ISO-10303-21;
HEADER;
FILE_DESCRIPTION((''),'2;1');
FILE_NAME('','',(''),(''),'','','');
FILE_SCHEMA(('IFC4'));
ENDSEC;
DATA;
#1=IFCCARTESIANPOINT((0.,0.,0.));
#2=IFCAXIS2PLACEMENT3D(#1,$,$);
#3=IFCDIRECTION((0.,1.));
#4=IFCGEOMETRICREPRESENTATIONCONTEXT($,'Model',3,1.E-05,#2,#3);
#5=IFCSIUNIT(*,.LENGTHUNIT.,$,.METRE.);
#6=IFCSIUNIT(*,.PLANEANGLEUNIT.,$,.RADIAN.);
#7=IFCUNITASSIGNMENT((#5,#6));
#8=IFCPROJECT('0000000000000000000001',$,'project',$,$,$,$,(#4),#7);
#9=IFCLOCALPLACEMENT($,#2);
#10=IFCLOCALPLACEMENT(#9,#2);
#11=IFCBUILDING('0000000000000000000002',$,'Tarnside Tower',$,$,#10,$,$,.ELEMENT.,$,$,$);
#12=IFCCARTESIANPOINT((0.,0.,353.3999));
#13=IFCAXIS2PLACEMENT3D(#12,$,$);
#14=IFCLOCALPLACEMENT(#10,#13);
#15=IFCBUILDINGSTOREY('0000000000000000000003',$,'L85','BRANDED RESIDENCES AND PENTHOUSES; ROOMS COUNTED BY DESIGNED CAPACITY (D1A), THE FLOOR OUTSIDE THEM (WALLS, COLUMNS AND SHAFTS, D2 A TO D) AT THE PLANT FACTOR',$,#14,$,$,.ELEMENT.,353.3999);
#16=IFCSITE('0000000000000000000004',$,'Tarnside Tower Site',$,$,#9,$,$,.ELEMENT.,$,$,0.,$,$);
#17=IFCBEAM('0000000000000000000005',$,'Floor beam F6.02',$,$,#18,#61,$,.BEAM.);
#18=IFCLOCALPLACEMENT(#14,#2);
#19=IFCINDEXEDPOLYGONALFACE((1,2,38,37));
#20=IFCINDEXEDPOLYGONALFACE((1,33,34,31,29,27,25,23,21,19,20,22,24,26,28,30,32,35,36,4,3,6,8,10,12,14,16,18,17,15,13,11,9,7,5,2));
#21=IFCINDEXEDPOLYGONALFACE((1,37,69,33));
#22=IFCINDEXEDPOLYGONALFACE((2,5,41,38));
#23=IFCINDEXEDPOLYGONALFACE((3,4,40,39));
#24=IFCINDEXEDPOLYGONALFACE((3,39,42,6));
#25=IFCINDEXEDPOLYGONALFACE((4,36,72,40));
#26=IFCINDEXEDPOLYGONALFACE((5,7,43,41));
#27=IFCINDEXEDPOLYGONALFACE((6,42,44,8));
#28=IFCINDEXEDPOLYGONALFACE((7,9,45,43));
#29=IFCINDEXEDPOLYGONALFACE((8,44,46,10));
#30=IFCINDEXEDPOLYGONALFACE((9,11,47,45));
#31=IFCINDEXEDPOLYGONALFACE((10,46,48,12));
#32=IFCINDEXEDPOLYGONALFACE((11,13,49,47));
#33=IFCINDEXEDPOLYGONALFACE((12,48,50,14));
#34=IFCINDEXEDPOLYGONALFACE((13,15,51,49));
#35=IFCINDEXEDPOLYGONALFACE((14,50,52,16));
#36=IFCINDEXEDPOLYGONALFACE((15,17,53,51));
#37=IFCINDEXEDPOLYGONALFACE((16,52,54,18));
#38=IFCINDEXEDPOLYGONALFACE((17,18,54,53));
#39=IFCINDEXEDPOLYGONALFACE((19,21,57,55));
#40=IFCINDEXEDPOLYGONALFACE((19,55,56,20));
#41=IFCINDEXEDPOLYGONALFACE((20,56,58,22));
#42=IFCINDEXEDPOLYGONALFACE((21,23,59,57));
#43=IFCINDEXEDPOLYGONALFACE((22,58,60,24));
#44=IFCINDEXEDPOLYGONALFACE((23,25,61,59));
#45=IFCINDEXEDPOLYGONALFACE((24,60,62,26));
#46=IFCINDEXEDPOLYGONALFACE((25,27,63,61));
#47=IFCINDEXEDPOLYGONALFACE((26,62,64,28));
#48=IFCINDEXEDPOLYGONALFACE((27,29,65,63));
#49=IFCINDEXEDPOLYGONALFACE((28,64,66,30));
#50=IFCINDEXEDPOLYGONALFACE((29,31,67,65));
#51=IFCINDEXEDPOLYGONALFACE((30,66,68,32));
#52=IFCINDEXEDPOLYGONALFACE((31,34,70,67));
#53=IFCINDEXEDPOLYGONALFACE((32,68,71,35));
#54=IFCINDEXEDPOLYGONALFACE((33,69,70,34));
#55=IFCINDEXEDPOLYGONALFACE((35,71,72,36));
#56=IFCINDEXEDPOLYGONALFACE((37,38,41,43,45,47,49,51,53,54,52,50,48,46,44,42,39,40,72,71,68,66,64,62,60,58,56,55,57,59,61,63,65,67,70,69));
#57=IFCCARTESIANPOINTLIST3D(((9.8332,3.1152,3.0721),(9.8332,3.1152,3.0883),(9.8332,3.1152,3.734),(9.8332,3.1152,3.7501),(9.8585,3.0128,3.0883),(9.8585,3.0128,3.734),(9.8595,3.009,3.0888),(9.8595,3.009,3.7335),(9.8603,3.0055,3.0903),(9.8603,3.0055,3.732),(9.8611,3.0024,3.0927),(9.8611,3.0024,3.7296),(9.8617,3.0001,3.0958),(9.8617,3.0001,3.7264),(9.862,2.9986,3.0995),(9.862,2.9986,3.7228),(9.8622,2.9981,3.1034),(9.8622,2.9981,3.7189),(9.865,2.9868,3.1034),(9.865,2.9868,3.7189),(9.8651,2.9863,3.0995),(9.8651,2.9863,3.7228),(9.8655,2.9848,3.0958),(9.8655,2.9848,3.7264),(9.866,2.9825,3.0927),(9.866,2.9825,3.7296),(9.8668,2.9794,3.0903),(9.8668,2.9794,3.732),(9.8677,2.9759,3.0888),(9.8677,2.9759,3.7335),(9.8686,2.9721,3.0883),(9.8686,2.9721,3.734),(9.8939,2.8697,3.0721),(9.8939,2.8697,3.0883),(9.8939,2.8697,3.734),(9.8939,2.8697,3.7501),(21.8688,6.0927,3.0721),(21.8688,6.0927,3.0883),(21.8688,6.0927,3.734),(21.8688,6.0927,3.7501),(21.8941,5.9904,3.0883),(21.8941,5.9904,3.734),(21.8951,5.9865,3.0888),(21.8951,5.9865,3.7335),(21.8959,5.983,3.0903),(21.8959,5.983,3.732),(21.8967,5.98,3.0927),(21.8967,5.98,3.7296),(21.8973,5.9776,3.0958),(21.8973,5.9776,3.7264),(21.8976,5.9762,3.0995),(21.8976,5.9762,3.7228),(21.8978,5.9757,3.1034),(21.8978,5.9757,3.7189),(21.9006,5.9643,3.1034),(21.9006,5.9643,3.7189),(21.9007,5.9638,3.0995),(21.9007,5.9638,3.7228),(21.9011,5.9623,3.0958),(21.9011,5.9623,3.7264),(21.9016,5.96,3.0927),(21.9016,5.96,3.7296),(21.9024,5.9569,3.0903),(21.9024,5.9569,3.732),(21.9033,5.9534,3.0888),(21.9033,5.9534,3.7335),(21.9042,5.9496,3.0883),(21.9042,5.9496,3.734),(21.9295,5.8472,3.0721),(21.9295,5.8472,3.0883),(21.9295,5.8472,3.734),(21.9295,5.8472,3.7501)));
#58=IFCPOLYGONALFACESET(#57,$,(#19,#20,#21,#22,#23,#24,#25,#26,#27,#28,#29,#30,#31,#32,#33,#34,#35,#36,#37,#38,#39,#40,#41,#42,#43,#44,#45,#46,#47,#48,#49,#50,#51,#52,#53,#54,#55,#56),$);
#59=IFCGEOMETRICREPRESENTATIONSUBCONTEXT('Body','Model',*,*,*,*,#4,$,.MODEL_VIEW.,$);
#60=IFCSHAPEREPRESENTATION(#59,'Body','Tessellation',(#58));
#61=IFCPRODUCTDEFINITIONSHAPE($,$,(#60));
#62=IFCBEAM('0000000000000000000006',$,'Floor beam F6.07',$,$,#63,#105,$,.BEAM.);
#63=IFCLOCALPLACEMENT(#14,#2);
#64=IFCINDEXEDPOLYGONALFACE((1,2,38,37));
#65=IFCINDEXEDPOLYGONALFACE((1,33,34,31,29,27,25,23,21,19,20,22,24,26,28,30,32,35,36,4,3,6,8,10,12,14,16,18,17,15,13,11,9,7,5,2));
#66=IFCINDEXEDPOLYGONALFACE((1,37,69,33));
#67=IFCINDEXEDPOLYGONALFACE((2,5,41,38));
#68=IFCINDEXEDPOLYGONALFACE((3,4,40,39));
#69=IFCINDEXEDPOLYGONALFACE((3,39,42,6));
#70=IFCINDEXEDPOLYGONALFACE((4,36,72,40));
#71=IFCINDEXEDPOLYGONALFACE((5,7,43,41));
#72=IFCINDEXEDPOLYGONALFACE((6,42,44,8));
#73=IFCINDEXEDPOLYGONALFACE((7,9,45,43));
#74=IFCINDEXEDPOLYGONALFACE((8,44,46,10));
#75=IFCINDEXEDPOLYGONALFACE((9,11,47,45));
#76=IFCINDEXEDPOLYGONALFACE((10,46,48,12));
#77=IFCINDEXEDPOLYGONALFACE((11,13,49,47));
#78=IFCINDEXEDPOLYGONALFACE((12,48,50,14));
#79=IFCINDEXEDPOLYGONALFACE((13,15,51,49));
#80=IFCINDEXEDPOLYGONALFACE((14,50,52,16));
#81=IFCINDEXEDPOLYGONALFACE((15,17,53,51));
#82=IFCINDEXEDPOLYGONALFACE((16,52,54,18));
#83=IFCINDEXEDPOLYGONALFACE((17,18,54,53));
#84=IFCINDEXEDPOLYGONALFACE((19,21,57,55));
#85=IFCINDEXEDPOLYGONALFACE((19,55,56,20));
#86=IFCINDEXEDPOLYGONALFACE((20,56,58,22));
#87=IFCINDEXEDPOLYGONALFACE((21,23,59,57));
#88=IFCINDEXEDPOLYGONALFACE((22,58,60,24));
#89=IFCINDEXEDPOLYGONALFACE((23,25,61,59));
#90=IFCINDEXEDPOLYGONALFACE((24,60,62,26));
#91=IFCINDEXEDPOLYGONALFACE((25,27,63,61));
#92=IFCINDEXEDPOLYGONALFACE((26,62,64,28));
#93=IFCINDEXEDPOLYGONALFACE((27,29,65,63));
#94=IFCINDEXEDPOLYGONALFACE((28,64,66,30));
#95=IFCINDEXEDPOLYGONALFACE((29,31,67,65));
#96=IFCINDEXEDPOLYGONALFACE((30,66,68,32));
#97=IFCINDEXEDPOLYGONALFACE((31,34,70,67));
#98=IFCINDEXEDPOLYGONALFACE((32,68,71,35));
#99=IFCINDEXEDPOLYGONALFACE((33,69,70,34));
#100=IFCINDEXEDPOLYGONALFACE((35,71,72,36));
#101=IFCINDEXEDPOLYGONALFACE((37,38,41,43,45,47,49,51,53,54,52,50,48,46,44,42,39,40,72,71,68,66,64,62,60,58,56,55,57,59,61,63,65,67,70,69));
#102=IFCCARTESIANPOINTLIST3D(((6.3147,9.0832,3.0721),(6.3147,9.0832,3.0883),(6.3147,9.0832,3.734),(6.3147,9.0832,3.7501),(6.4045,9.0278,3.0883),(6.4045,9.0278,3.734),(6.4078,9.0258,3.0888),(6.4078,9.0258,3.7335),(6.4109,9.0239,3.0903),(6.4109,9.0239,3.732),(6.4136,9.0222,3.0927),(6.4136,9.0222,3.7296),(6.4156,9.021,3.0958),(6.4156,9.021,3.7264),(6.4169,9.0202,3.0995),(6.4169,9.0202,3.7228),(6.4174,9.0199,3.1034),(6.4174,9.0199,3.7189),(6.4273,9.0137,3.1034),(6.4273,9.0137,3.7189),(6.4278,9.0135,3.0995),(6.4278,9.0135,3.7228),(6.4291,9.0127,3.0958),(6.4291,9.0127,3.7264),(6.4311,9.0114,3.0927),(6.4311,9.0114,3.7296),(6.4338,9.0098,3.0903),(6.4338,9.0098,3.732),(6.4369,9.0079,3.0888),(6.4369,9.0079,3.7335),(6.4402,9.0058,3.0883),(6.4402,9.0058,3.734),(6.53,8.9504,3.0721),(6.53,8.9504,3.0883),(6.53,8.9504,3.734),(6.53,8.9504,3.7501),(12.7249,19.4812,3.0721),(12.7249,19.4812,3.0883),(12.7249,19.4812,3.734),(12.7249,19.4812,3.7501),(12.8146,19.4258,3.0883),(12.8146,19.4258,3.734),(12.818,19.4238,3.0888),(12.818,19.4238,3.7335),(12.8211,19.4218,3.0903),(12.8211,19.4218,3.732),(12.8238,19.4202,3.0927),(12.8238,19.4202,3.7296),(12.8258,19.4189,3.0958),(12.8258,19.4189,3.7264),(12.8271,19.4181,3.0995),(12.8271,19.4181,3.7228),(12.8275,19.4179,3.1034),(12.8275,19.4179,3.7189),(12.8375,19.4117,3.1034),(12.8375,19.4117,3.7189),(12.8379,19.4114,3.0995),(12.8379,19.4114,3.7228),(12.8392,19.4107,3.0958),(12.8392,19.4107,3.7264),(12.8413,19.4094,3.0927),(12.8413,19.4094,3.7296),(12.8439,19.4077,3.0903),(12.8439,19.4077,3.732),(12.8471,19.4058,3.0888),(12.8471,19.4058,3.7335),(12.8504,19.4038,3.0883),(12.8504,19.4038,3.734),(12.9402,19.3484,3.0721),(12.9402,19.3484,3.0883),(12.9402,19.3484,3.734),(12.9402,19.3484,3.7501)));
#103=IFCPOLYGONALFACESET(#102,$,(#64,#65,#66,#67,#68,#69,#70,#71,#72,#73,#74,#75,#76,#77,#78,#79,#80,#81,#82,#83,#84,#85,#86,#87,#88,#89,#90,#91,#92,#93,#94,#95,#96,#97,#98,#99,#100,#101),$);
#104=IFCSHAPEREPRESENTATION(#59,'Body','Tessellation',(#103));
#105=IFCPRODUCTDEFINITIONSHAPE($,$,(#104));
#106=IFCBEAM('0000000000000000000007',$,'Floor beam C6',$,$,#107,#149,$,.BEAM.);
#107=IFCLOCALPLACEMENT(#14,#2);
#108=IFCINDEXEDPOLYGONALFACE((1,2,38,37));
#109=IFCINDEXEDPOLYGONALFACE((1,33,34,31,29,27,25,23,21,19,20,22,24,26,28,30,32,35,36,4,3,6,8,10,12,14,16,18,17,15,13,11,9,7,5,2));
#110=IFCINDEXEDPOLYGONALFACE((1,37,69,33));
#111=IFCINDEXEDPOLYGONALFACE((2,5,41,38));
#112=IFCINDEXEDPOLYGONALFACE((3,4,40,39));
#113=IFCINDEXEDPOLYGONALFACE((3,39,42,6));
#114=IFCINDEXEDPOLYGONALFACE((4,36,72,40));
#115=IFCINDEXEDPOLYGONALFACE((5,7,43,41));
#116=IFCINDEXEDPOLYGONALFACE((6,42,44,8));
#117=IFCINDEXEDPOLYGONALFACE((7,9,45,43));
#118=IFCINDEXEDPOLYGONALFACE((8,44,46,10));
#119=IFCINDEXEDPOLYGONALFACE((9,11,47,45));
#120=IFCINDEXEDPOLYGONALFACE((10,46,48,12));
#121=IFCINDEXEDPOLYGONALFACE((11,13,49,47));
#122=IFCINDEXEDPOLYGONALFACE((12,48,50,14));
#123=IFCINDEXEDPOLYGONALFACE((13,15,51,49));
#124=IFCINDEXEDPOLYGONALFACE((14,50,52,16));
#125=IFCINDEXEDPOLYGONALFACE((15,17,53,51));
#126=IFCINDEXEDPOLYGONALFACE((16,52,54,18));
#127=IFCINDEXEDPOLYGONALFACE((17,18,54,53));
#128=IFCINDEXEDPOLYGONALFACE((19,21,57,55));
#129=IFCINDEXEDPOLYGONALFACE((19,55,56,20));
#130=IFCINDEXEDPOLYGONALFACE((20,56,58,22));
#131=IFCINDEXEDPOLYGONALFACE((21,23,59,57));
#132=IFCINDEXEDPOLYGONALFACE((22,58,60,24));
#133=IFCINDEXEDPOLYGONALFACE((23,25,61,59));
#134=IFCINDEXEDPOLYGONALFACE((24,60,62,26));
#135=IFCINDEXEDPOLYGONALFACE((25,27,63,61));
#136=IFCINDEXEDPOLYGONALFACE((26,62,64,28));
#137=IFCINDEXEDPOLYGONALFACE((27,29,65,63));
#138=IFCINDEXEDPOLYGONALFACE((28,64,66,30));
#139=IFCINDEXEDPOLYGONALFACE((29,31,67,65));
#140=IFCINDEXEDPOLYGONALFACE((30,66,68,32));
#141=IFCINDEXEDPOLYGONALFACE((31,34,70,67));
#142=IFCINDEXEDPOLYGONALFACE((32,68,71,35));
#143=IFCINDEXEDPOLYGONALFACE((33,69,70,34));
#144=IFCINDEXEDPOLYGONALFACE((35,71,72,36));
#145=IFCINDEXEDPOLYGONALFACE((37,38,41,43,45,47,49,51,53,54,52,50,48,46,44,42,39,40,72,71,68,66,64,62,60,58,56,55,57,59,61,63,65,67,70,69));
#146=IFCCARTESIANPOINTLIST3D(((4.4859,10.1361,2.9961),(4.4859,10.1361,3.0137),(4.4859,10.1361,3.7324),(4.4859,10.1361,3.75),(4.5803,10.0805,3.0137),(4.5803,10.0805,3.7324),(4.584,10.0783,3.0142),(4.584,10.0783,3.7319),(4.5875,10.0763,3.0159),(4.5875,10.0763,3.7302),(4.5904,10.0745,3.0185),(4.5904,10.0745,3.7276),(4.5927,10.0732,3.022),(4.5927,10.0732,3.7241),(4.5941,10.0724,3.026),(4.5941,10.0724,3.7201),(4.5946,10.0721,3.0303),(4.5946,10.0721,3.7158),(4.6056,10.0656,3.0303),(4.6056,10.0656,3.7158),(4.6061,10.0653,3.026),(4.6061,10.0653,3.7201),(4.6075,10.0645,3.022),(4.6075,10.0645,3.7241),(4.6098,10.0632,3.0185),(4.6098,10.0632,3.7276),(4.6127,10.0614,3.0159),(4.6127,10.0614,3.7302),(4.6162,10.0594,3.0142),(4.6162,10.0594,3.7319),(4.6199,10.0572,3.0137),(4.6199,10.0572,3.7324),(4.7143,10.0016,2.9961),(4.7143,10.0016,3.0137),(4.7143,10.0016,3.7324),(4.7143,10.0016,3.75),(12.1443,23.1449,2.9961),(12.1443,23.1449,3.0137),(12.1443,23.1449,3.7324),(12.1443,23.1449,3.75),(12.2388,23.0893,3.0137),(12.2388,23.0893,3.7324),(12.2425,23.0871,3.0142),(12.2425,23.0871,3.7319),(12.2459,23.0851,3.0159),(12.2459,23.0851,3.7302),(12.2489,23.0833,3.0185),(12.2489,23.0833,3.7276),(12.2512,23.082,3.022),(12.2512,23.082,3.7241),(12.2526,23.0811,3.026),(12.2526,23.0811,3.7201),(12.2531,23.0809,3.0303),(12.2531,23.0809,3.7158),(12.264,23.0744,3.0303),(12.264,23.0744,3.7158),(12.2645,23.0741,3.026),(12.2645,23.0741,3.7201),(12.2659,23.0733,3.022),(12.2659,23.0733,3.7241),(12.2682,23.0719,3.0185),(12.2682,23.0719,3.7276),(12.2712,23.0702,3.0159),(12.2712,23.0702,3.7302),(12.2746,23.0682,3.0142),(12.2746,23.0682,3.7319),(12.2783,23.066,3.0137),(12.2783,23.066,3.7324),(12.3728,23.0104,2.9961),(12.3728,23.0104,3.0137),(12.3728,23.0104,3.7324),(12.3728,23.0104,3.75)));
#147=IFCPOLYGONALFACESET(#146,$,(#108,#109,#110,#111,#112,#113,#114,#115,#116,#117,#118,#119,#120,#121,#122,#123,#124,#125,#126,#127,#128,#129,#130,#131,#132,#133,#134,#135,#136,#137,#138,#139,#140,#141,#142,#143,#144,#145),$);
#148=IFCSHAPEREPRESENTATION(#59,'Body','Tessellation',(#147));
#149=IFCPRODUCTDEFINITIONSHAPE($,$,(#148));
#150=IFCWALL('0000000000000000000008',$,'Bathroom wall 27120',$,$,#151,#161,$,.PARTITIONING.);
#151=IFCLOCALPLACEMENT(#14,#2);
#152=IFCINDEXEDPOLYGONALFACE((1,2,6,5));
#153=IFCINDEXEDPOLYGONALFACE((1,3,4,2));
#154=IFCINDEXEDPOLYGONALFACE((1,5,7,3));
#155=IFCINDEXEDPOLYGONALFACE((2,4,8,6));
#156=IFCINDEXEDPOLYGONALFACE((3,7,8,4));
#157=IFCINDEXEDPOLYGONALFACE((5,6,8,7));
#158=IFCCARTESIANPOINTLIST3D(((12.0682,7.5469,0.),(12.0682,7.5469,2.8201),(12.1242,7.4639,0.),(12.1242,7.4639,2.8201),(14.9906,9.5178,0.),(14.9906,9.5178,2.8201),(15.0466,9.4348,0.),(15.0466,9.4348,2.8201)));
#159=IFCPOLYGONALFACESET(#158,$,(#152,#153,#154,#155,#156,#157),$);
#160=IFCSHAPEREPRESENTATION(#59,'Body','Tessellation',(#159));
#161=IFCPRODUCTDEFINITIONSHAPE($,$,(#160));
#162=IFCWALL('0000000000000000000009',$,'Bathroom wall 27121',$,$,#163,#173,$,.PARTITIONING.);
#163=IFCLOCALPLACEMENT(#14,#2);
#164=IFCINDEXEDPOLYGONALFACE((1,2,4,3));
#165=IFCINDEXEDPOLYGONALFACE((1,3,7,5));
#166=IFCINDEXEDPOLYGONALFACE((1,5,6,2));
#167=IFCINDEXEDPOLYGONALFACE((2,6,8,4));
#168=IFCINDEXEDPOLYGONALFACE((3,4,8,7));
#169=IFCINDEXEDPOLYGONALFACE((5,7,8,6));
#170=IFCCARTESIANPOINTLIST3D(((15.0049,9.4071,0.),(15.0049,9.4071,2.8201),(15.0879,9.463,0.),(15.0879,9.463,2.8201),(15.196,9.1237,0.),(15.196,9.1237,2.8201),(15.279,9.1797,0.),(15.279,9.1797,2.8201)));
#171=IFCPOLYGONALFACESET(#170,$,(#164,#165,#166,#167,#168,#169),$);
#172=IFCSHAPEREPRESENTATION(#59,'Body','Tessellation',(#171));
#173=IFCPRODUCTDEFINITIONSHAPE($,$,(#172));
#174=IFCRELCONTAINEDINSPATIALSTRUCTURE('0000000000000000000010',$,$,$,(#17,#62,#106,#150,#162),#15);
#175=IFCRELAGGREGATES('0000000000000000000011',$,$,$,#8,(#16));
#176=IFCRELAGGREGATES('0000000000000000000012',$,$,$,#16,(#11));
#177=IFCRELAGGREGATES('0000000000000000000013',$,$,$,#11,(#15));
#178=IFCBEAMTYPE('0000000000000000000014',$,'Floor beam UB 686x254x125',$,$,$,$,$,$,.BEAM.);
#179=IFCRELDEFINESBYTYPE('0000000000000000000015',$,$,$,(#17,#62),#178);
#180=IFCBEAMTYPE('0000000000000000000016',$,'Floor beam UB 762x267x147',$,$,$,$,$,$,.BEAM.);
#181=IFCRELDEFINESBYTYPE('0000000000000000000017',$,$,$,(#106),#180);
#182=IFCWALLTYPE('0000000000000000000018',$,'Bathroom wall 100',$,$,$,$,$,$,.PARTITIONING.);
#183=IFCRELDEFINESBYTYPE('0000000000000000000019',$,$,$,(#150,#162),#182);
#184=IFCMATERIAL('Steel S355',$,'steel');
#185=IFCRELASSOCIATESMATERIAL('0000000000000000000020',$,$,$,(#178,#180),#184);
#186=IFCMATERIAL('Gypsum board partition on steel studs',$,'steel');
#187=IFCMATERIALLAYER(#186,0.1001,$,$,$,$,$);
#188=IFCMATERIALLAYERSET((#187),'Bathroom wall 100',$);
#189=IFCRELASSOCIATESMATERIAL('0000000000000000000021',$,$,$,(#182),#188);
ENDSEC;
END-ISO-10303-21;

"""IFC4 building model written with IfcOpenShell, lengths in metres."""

from ifc_helpers import new_model, si_unit, direction, frame, frame_2d, origin, origin_2d, place, context, subcontext, project, spatial, rectangle, i_section, extrude, material, layer, layer_set, material_profile, profile_set, type_object, element, save


model = new_model("IFC4")

# Units and contexts
model_context = context("Model", 3, precision=1e-05, world=origin(), true_north=direction((0.0, 1.0)))
body_context = subcontext(model_context, "Body", "Model", "MODEL_VIEW")
ifc_project = project(units=[si_unit("LENGTHUNIT", "METRE"), si_unit("PLANEANGLEUNIT", "RADIAN")], contexts=[model_context])

# Site, building, storey
site_placement = place(None, origin())
site = spatial("IfcSite", under=ifc_project, at=site_placement, Name="Tarnside Tower Site", CompositionType="ELEMENT", RefElevation=0.0)
building_placement = place(site_placement, origin())
building = spatial("IfcBuilding", under=site, at=building_placement, Name="Tarnside Tower", CompositionType="ELEMENT")
storey_placement = place(building_placement, frame((0.0, 0.0, 353.3999)))
storey = spatial("IfcBuildingStorey", under=building, at=storey_placement, Name="L85", Description="BRANDED RESIDENCES AND PENTHOUSES; ROOMS COUNTED BY DESIGNED CAPACITY (D1A), THE FLOOR OUTSIDE THEM (WALLS, COLUMNS AND SHAFTS, D2 A TO D) AT THE PLANT FACTOR", CompositionType="ELEMENT", Elevation=353.3999)

# Beams
ifc_material_1 = material(Name="Steel S355", Category="steel")
ifc_material_profile_1 = material_profile(ifc_material_1, i_section(OverallWidth=0.2529, OverallDepth=0.678, WebThickness=0.0117, FlangeThickness=0.0161, FilletRadius=0.0151, at=origin_2d()), Name="UB 686x254x125")
ifc_profile_set_1 = profile_set([ifc_material_profile_1], Name="Steel S355")
beam_type_1 = type_object("IfcBeamType", Name="Floor beam UB 686x254x125", PredefinedType="BEAM", material=ifc_profile_set_1)
beam_1_placement = place(storey_placement, frame((21.8992, 5.97, 3.4111), z_axis=(-0.970735, -0.240153, 0.0), x_axis=(0.240153, -0.970735, 0.0)))
element("IfcBeam", 1, at=beam_1_placement, inside=storey, type_object=beam_type_1, Name="Floor beam F6.02", PredefinedType="BEAM", context=body_context, shape_type="SweptSolid", body=[
    extrude(i_section(OverallWidth=0.2529, OverallDepth=0.678, WebThickness=0.0117, FlangeThickness=0.0161, FilletRadius=0.0151, at=origin_2d()), origin(), (0.0, 0.0, 1.0), 12.3984),
])
beam_2_placement = place(storey_placement, frame((12.8325, 19.4148, 3.4111), z_axis=(-0.524775, -0.851241, 0.0), x_axis=(0.851241, -0.524775, 0.0)))
element("IfcBeam", 2, at=beam_2_placement, inside=storey, type_object=beam_type_1, Name="Floor beam F6.07", PredefinedType="BEAM", context=body_context, shape_type="SweptSolid", body=[
    extrude(i_section(OverallWidth=0.2529, OverallDepth=0.678, WebThickness=0.0117, FlangeThickness=0.0161, FilletRadius=0.0151, at=origin_2d()), origin(), (0.0, 0.0, 1.0), 12.2151),
])
ifc_material_profile_2 = material_profile(ifc_material_1, i_section(OverallWidth=0.2651, OverallDepth=0.7539, WebThickness=0.0127, FlangeThickness=0.0176, FilletRadius=0.0166, at=origin_2d()), Name="UB 762x267x147")
ifc_profile_set_2 = profile_set([ifc_material_profile_2], Name="Steel S355")
beam_type_2 = type_object("IfcBeamType", Name="Floor beam UB 762x267x147", PredefinedType="BEAM", material=ifc_profile_set_2)
beam_3_placement = place(storey_placement, frame((12.2585, 23.0776, 3.373), z_axis=(-0.507326, -0.861754, 0.0), x_axis=(0.861754, -0.507326, 0.0)))
element("IfcBeam", 3, at=beam_3_placement, inside=storey, type_object=beam_type_2, Name="Floor beam C6", PredefinedType="BEAM", context=body_context, shape_type="SweptSolid", body=[
    extrude(i_section(OverallWidth=0.2651, OverallDepth=0.7539, WebThickness=0.0127, FlangeThickness=0.0176, FilletRadius=0.0166, at=origin_2d()), origin(), (0.0, 0.0, 1.0), 15.0957),
])

# Walls
ifc_material_2 = material(Name="Gypsum board partition on steel studs", Category="steel")
ifc_layer_1 = layer(ifc_material_2, 0.1001)
ifc_layer_set_1 = layer_set([ifc_layer_1], Name="Bathroom wall 100")
wall_type_1 = type_object("IfcWallType", Name="Bathroom wall 100", PredefinedType="PARTITIONING", material=ifc_layer_set_1)
wall_1_placement = place(storey_placement, frame((12.0962, 7.5054, 0.0), z_axis=(0.0, 0.0, 1.0), x_axis=(0.829065, 0.559152, 0.0)))
element("IfcWall", 4, at=wall_1_placement, inside=storey, type_object=wall_type_1, Name="Bathroom wall 27120", PredefinedType="PARTITIONING", context=body_context, shape_type="SweptSolid", body=[
    extrude(rectangle(XDim=3.5249, YDim=0.1001, at=frame_2d((1.7625, 0.0))), origin(), (0.0, 0.0, 1.0), 2.8201),
])
wall_2_placement = place(storey_placement, frame((15.0464, 9.4351, 0.0), z_axis=(0.0, 0.0, 1.0), x_axis=(0.559142, -0.829072, 0.0)))
element("IfcWall", 5, at=wall_2_placement, inside=storey, type_object=wall_type_1, Name="Bathroom wall 27121", PredefinedType="PARTITIONING", context=body_context, shape_type="SweptSolid", body=[
    extrude(rectangle(XDim=0.3418, YDim=0.1001, at=frame_2d((0.1709, 0.0))), origin(), (0.0, 0.0, 1.0), 2.8201),
])

save(model, "model.ifc")
